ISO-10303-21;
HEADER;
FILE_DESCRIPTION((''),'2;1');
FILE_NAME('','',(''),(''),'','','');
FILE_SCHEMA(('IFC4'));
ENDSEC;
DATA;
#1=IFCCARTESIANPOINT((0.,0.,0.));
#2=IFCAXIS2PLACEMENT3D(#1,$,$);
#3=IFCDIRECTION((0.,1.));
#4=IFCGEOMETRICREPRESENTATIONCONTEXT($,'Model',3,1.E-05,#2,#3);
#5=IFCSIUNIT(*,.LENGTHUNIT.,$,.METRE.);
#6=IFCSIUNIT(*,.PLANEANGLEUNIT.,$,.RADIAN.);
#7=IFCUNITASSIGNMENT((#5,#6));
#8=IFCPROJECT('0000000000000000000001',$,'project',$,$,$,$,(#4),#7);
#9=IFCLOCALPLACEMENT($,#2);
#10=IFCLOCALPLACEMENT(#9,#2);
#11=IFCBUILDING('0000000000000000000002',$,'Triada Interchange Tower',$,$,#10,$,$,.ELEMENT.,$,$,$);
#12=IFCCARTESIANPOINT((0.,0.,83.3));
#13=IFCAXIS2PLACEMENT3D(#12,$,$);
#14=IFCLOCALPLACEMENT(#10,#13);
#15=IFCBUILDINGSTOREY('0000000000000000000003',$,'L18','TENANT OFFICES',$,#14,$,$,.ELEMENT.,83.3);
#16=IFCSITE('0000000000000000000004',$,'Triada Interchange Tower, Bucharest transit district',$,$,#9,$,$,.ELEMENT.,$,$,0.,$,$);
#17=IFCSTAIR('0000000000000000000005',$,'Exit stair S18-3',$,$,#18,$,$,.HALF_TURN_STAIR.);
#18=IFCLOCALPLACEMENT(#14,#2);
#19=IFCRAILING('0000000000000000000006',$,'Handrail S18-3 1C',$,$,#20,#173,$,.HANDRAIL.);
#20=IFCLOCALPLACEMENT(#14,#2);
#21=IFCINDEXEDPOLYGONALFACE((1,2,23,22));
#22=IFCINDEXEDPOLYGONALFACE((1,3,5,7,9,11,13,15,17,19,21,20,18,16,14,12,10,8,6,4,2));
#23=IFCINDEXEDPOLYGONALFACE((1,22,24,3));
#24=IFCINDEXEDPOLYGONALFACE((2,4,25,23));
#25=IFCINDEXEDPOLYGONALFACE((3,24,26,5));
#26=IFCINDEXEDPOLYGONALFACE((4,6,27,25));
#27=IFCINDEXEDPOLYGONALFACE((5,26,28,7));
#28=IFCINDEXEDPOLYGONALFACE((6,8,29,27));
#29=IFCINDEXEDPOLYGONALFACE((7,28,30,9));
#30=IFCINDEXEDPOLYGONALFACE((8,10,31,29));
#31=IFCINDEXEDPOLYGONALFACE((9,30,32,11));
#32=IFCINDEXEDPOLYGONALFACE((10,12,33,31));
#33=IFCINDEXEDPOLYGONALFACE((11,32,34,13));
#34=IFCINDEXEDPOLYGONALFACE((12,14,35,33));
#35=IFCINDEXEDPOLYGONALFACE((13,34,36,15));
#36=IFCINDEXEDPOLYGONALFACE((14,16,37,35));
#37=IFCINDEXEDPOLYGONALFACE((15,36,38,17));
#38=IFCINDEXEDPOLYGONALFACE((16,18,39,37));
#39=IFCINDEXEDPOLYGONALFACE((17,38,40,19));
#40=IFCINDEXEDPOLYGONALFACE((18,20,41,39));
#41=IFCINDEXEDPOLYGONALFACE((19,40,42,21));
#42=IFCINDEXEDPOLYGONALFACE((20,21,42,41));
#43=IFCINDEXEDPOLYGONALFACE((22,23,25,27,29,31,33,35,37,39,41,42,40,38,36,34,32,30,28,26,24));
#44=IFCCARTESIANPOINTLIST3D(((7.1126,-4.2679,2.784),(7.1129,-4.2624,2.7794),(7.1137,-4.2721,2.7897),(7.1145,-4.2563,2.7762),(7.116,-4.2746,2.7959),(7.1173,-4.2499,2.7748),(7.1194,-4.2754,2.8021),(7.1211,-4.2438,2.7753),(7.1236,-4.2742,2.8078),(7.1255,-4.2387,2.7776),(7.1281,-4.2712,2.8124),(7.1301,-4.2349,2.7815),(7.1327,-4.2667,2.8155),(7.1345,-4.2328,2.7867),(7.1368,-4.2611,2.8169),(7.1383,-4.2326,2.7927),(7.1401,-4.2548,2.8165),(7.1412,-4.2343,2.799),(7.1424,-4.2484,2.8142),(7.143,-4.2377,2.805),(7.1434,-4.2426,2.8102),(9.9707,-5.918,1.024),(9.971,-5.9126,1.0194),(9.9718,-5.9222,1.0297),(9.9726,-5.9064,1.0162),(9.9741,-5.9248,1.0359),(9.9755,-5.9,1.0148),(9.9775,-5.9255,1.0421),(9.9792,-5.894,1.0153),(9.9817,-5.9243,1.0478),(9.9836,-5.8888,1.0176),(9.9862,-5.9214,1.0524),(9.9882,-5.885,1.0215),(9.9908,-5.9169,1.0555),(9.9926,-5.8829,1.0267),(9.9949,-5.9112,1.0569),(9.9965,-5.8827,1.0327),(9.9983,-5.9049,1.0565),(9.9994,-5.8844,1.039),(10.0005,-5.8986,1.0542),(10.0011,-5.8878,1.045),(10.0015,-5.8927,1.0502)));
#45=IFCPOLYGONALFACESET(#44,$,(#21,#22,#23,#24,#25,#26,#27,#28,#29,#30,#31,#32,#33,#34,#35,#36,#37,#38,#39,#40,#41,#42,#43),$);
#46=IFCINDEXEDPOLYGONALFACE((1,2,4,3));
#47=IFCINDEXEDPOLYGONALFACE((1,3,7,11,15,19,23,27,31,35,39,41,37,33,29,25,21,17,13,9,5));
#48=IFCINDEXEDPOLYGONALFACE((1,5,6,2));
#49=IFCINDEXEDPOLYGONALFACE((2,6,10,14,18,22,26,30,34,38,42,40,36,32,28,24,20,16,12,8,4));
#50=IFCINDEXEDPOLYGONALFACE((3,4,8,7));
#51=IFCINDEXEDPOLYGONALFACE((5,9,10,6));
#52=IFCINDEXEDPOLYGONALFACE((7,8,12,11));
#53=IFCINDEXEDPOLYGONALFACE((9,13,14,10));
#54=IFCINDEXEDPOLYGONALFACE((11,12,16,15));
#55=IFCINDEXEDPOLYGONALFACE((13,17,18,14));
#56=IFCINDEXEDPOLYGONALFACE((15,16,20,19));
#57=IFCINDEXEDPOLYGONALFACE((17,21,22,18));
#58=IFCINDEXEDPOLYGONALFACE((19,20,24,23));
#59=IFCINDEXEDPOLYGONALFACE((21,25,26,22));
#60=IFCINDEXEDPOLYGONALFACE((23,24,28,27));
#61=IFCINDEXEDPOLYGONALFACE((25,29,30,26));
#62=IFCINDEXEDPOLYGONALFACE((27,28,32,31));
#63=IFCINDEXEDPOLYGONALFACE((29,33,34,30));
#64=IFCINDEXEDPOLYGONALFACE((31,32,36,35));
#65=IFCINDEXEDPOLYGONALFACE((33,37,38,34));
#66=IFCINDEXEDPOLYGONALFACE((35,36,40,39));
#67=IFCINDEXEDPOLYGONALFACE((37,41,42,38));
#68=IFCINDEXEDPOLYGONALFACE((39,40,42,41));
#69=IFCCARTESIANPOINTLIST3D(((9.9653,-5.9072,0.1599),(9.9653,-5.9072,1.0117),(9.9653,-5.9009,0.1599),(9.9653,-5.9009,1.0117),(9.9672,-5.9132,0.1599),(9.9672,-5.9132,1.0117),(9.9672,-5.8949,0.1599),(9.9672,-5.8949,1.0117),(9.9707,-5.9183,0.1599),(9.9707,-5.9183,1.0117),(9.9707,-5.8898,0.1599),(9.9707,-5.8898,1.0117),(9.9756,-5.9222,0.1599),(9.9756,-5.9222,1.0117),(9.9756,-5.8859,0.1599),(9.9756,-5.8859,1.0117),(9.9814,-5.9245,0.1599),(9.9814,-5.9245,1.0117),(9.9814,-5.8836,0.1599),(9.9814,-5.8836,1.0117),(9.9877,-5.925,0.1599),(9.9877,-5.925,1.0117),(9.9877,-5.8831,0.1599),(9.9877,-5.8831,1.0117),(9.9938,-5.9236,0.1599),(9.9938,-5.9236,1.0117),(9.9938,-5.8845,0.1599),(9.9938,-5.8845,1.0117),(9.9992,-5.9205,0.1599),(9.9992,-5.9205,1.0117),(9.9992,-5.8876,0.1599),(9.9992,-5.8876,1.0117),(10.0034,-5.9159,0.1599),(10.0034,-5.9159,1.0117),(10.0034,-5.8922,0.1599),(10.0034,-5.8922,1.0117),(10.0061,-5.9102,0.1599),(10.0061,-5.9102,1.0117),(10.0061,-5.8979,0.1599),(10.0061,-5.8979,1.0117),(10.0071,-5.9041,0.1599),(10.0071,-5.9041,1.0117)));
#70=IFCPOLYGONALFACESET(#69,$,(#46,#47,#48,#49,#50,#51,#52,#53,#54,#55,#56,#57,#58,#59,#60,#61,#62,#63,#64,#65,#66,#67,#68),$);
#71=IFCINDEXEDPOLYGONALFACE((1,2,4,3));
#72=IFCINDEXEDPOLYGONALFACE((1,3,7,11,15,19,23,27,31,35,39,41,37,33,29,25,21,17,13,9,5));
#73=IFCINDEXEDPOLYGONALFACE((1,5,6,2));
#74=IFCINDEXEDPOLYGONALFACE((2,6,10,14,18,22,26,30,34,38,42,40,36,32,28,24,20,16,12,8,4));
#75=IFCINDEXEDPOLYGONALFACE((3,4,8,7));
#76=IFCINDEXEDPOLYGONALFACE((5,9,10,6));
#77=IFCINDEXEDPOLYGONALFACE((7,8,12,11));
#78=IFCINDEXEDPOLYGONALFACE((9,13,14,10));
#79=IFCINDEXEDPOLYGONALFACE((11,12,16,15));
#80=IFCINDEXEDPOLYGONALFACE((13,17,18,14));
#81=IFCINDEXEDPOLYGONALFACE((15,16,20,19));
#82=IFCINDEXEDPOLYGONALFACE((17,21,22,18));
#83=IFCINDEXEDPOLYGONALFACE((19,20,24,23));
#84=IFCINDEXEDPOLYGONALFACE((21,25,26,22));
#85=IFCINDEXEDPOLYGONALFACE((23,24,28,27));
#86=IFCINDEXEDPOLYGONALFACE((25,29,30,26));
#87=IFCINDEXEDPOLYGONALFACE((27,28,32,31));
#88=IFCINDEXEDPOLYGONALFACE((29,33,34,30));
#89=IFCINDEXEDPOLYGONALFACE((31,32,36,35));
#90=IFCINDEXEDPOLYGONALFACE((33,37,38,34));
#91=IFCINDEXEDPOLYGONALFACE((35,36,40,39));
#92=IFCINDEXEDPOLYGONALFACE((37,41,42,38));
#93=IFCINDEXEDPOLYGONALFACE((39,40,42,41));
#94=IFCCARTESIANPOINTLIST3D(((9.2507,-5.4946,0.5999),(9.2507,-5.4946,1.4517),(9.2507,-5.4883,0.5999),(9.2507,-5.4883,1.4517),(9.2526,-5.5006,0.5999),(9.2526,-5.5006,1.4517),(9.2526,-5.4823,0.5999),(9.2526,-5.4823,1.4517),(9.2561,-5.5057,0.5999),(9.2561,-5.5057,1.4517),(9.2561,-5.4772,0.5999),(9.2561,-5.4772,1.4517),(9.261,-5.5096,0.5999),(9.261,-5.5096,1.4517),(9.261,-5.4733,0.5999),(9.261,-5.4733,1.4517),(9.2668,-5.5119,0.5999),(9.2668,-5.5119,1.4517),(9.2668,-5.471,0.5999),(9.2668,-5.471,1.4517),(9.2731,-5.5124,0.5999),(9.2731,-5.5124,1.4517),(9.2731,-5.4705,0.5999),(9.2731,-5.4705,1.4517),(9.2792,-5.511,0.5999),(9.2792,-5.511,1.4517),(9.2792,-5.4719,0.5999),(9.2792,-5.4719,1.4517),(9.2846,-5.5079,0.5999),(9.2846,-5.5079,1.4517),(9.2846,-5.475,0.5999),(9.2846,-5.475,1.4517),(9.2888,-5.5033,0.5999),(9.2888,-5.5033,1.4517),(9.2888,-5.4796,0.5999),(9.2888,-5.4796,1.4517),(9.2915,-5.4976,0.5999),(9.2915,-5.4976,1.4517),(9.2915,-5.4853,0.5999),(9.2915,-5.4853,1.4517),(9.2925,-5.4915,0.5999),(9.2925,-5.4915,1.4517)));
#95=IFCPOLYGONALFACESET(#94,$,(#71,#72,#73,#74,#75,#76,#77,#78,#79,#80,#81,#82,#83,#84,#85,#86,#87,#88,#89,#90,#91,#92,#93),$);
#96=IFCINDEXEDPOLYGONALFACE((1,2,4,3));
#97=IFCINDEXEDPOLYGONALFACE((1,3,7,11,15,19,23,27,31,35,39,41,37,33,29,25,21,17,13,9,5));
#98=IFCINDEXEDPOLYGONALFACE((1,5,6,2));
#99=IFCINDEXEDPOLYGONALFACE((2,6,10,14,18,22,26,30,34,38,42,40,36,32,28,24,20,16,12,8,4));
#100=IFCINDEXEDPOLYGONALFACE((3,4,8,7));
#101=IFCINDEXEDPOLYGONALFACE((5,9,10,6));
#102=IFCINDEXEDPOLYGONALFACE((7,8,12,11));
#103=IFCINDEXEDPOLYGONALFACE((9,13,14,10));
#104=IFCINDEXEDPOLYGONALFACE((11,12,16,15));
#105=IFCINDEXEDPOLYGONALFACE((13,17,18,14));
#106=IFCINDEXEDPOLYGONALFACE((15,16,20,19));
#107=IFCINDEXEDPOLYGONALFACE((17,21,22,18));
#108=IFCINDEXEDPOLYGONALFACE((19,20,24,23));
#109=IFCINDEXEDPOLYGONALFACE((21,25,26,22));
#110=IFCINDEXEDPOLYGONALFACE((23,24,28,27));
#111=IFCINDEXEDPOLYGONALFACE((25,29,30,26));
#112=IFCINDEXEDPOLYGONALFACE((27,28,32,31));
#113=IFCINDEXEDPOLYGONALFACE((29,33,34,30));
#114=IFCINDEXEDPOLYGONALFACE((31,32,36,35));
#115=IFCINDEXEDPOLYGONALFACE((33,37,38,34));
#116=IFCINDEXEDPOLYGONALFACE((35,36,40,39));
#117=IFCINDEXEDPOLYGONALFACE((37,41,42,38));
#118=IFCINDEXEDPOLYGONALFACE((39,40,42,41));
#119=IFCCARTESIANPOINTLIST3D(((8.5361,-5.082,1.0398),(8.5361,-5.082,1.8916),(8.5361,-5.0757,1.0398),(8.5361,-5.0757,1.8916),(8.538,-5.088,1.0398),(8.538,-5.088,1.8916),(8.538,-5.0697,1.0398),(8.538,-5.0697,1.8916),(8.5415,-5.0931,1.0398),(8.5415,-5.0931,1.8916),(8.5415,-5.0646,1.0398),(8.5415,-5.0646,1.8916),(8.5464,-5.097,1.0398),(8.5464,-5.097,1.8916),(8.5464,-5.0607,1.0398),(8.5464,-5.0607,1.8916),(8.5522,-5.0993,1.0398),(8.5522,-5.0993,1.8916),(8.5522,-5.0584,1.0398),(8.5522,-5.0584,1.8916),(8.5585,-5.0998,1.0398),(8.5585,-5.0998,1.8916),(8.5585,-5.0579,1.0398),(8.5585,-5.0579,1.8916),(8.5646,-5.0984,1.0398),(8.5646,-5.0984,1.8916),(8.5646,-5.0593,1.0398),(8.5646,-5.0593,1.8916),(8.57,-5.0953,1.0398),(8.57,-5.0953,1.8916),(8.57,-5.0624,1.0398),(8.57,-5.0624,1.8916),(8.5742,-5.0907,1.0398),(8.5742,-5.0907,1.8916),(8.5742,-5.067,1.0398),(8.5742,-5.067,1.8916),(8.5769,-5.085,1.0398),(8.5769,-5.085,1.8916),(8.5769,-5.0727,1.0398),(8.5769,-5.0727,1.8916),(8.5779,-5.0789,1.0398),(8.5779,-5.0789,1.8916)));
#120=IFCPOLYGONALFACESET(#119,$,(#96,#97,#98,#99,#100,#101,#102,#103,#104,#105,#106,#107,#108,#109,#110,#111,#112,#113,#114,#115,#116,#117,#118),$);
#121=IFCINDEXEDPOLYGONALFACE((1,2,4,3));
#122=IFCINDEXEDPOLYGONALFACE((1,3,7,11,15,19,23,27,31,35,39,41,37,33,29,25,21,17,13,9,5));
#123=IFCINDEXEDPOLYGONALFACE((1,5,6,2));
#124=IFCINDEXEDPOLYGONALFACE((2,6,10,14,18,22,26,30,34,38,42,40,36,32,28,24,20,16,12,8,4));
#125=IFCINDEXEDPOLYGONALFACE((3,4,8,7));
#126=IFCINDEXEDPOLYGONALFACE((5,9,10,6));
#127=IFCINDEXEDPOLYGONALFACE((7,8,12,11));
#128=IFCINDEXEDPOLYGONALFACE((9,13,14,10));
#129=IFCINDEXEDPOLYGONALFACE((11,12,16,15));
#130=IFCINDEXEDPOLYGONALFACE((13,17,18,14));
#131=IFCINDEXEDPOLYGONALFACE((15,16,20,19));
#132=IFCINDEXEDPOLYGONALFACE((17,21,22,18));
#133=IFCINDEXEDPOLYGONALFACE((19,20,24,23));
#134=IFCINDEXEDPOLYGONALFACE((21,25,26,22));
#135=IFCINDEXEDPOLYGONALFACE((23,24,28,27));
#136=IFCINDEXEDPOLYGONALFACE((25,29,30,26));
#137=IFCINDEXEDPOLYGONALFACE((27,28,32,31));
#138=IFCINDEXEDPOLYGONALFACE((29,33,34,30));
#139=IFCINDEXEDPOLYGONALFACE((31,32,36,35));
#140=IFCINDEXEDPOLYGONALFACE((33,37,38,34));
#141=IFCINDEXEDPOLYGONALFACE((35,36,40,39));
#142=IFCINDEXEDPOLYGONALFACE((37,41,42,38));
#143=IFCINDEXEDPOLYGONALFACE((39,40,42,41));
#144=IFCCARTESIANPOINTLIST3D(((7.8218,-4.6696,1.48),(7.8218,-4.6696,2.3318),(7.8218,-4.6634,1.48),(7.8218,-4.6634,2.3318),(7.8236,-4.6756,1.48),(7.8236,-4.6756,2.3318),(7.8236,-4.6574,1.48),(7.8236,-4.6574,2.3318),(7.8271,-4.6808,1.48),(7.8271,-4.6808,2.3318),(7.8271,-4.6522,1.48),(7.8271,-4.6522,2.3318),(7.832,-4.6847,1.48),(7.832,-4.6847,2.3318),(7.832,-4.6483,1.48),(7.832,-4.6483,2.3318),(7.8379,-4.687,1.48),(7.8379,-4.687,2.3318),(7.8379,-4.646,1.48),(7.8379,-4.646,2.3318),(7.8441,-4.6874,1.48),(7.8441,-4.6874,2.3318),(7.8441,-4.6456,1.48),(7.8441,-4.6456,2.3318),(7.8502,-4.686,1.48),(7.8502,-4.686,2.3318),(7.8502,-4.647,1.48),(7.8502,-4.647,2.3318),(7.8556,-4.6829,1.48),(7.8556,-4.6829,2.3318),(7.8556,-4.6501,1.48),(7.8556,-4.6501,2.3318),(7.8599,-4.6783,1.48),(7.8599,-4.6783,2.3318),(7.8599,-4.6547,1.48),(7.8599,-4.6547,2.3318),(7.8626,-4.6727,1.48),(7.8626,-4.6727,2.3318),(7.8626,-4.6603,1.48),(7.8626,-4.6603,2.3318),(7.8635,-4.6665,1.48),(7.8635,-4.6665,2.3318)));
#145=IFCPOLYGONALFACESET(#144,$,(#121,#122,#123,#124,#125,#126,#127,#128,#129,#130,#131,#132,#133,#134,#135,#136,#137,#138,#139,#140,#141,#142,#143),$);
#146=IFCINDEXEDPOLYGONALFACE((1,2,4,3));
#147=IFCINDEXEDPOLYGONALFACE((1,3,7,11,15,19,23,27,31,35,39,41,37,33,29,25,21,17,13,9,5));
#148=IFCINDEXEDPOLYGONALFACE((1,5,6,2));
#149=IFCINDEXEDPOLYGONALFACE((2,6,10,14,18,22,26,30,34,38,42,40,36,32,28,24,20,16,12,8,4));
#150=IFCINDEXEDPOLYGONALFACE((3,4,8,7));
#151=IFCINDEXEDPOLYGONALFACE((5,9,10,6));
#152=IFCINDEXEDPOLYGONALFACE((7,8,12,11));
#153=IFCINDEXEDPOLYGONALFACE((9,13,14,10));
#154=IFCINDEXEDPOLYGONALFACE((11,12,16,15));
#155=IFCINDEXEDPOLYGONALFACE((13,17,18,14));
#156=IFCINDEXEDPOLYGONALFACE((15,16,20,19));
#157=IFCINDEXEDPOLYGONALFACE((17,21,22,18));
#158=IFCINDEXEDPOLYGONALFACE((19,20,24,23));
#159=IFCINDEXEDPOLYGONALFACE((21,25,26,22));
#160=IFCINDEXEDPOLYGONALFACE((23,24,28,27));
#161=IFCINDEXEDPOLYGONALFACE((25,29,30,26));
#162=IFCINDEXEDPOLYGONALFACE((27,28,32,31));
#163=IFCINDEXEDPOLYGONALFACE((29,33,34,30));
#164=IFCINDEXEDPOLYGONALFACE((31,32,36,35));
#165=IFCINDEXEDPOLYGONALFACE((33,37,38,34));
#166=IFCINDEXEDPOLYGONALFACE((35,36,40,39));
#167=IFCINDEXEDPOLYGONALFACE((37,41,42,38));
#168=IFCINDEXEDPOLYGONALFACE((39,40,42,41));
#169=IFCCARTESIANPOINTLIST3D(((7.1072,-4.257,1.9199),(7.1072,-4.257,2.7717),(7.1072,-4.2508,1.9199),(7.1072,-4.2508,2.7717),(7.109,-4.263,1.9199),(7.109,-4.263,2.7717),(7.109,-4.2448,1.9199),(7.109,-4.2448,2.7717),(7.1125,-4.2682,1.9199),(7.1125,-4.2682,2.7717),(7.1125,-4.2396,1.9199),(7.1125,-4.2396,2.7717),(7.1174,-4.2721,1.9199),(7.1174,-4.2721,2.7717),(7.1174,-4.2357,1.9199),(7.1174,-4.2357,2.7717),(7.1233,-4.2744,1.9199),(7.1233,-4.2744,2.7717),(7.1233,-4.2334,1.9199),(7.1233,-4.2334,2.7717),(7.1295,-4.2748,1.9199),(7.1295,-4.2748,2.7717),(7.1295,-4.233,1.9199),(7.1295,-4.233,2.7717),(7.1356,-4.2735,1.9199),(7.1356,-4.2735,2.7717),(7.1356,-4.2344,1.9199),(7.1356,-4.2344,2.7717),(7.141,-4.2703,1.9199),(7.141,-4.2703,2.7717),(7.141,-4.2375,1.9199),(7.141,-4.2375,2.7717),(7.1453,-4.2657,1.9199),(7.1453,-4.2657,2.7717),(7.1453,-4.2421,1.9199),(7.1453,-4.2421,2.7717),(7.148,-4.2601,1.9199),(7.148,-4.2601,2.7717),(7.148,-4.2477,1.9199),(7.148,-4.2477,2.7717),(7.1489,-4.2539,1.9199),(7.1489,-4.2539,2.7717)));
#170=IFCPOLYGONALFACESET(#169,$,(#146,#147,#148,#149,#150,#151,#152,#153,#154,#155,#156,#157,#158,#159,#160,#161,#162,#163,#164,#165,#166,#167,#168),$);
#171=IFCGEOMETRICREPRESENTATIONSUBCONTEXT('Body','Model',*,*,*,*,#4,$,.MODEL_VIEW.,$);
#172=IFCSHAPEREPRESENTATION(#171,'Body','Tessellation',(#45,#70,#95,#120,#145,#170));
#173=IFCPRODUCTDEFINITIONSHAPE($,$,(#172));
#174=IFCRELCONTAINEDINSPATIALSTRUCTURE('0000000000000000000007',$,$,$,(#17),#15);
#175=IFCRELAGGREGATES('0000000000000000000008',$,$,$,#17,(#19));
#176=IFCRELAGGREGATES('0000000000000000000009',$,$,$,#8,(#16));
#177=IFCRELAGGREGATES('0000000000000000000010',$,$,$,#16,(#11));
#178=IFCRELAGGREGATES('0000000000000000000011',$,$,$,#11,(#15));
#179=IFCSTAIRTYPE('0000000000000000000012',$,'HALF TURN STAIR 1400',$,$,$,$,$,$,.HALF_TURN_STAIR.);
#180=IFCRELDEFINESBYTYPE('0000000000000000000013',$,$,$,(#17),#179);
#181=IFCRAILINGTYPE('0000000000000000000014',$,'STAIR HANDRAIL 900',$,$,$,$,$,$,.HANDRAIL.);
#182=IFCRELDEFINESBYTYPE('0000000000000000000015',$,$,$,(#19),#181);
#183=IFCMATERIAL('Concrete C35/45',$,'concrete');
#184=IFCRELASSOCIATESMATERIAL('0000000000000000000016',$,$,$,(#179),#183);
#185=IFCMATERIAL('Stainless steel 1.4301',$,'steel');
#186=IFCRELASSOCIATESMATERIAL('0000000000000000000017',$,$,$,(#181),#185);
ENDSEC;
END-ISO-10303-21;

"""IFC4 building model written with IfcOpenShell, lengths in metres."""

from ifc_helpers import new_model, si_unit, direction, frame, origin, origin_2d, place, context, subcontext, project, spatial, circle, extrude, material, type_object, element, aggregate, save


model = new_model("IFC4")

# Units and contexts
model_context = context("Model", 3, precision=1e-05, world=origin(), true_north=direction((0.0, 1.0)))
body_context = subcontext(model_context, "Body", "Model", "MODEL_VIEW")
ifc_project = project(units=[si_unit("LENGTHUNIT", "METRE"), si_unit("PLANEANGLEUNIT", "RADIAN")], contexts=[model_context])

# Site, building, storey
site_placement = place(None, origin())
site = spatial("IfcSite", under=ifc_project, at=site_placement, Name="Triada Interchange Tower, Bucharest transit district", CompositionType="ELEMENT", RefElevation=0.0)
building_placement = place(site_placement, origin())
building = spatial("IfcBuilding", under=site, at=building_placement, Name="Triada Interchange Tower", CompositionType="ELEMENT")
storey_placement = place(building_placement, frame((0.0, 0.0, 83.3)))
storey = spatial("IfcBuildingStorey", under=building, at=storey_placement, Name="L18", Description="TENANT OFFICES", CompositionType="ELEMENT", Elevation=83.3)

# Stair
ifc_material_1 = material(Name="Concrete C35/45", Category="concrete")
stair_type = type_object("IfcStairType", Name="HALF TURN STAIR 1400", PredefinedType="HALF_TURN_STAIR", material=ifc_material_1)
stair_placement = place(storey_placement, origin())
stair = element("IfcStair", 1, at=stair_placement, inside=storey, type_object=stair_type, Name="Exit stair S18-3", PredefinedType="HALF_TURN_STAIR")

# Railing
ifc_material_2 = material(Name="Stainless steel 1.4301", Category="steel")
railing_type = type_object("IfcRailingType", Name="STAIR HANDRAIL 900", PredefinedType="HANDRAIL", material=ifc_material_2)
railing_1_placement = place(storey_placement, frame((9.9861, -5.9041, 0.1599)))
railing_1 = element("IfcRailing", 2, at=railing_1_placement, type_object=railing_type, Name="Handrail S18-3 1C", PredefinedType="HANDRAIL", context=body_context, shape_type="SweptSolid", body=[
    extrude(circle(Radius=0.0239, at=origin_2d()), frame((0.0, 0.0, 0.876), z_axis=(-0.764156, 0.441183, 0.470556), x_axis=(-0.499998, -0.866027, 0.0)), (0.0, 0.0, 1.0), 3.7402),
    extrude(circle(Radius=0.021, at=origin_2d()), origin(), (0.0, 0.0, 1.0), 0.8518),
    extrude(circle(Radius=0.021, at=origin_2d()), frame((-0.7146, 0.4126, 0.4399)), (0.0, 0.0, 1.0), 0.8518),
    extrude(circle(Radius=0.021, at=origin_2d()), frame((-1.4292, 0.8252, 0.8799)), (0.0, 0.0, 1.0), 0.8518),
    extrude(circle(Radius=0.021, at=origin_2d()), frame((-2.1436, 1.2375, 1.3201)), (0.0, 0.0, 1.0), 0.8518),
    extrude(circle(Radius=0.021, at=origin_2d()), frame((-2.8582, 1.6501, 1.76)), (0.0, 0.0, 1.0), 0.8518),
])
aggregate(stair, [railing_1])

save(model, "model.ifc")
